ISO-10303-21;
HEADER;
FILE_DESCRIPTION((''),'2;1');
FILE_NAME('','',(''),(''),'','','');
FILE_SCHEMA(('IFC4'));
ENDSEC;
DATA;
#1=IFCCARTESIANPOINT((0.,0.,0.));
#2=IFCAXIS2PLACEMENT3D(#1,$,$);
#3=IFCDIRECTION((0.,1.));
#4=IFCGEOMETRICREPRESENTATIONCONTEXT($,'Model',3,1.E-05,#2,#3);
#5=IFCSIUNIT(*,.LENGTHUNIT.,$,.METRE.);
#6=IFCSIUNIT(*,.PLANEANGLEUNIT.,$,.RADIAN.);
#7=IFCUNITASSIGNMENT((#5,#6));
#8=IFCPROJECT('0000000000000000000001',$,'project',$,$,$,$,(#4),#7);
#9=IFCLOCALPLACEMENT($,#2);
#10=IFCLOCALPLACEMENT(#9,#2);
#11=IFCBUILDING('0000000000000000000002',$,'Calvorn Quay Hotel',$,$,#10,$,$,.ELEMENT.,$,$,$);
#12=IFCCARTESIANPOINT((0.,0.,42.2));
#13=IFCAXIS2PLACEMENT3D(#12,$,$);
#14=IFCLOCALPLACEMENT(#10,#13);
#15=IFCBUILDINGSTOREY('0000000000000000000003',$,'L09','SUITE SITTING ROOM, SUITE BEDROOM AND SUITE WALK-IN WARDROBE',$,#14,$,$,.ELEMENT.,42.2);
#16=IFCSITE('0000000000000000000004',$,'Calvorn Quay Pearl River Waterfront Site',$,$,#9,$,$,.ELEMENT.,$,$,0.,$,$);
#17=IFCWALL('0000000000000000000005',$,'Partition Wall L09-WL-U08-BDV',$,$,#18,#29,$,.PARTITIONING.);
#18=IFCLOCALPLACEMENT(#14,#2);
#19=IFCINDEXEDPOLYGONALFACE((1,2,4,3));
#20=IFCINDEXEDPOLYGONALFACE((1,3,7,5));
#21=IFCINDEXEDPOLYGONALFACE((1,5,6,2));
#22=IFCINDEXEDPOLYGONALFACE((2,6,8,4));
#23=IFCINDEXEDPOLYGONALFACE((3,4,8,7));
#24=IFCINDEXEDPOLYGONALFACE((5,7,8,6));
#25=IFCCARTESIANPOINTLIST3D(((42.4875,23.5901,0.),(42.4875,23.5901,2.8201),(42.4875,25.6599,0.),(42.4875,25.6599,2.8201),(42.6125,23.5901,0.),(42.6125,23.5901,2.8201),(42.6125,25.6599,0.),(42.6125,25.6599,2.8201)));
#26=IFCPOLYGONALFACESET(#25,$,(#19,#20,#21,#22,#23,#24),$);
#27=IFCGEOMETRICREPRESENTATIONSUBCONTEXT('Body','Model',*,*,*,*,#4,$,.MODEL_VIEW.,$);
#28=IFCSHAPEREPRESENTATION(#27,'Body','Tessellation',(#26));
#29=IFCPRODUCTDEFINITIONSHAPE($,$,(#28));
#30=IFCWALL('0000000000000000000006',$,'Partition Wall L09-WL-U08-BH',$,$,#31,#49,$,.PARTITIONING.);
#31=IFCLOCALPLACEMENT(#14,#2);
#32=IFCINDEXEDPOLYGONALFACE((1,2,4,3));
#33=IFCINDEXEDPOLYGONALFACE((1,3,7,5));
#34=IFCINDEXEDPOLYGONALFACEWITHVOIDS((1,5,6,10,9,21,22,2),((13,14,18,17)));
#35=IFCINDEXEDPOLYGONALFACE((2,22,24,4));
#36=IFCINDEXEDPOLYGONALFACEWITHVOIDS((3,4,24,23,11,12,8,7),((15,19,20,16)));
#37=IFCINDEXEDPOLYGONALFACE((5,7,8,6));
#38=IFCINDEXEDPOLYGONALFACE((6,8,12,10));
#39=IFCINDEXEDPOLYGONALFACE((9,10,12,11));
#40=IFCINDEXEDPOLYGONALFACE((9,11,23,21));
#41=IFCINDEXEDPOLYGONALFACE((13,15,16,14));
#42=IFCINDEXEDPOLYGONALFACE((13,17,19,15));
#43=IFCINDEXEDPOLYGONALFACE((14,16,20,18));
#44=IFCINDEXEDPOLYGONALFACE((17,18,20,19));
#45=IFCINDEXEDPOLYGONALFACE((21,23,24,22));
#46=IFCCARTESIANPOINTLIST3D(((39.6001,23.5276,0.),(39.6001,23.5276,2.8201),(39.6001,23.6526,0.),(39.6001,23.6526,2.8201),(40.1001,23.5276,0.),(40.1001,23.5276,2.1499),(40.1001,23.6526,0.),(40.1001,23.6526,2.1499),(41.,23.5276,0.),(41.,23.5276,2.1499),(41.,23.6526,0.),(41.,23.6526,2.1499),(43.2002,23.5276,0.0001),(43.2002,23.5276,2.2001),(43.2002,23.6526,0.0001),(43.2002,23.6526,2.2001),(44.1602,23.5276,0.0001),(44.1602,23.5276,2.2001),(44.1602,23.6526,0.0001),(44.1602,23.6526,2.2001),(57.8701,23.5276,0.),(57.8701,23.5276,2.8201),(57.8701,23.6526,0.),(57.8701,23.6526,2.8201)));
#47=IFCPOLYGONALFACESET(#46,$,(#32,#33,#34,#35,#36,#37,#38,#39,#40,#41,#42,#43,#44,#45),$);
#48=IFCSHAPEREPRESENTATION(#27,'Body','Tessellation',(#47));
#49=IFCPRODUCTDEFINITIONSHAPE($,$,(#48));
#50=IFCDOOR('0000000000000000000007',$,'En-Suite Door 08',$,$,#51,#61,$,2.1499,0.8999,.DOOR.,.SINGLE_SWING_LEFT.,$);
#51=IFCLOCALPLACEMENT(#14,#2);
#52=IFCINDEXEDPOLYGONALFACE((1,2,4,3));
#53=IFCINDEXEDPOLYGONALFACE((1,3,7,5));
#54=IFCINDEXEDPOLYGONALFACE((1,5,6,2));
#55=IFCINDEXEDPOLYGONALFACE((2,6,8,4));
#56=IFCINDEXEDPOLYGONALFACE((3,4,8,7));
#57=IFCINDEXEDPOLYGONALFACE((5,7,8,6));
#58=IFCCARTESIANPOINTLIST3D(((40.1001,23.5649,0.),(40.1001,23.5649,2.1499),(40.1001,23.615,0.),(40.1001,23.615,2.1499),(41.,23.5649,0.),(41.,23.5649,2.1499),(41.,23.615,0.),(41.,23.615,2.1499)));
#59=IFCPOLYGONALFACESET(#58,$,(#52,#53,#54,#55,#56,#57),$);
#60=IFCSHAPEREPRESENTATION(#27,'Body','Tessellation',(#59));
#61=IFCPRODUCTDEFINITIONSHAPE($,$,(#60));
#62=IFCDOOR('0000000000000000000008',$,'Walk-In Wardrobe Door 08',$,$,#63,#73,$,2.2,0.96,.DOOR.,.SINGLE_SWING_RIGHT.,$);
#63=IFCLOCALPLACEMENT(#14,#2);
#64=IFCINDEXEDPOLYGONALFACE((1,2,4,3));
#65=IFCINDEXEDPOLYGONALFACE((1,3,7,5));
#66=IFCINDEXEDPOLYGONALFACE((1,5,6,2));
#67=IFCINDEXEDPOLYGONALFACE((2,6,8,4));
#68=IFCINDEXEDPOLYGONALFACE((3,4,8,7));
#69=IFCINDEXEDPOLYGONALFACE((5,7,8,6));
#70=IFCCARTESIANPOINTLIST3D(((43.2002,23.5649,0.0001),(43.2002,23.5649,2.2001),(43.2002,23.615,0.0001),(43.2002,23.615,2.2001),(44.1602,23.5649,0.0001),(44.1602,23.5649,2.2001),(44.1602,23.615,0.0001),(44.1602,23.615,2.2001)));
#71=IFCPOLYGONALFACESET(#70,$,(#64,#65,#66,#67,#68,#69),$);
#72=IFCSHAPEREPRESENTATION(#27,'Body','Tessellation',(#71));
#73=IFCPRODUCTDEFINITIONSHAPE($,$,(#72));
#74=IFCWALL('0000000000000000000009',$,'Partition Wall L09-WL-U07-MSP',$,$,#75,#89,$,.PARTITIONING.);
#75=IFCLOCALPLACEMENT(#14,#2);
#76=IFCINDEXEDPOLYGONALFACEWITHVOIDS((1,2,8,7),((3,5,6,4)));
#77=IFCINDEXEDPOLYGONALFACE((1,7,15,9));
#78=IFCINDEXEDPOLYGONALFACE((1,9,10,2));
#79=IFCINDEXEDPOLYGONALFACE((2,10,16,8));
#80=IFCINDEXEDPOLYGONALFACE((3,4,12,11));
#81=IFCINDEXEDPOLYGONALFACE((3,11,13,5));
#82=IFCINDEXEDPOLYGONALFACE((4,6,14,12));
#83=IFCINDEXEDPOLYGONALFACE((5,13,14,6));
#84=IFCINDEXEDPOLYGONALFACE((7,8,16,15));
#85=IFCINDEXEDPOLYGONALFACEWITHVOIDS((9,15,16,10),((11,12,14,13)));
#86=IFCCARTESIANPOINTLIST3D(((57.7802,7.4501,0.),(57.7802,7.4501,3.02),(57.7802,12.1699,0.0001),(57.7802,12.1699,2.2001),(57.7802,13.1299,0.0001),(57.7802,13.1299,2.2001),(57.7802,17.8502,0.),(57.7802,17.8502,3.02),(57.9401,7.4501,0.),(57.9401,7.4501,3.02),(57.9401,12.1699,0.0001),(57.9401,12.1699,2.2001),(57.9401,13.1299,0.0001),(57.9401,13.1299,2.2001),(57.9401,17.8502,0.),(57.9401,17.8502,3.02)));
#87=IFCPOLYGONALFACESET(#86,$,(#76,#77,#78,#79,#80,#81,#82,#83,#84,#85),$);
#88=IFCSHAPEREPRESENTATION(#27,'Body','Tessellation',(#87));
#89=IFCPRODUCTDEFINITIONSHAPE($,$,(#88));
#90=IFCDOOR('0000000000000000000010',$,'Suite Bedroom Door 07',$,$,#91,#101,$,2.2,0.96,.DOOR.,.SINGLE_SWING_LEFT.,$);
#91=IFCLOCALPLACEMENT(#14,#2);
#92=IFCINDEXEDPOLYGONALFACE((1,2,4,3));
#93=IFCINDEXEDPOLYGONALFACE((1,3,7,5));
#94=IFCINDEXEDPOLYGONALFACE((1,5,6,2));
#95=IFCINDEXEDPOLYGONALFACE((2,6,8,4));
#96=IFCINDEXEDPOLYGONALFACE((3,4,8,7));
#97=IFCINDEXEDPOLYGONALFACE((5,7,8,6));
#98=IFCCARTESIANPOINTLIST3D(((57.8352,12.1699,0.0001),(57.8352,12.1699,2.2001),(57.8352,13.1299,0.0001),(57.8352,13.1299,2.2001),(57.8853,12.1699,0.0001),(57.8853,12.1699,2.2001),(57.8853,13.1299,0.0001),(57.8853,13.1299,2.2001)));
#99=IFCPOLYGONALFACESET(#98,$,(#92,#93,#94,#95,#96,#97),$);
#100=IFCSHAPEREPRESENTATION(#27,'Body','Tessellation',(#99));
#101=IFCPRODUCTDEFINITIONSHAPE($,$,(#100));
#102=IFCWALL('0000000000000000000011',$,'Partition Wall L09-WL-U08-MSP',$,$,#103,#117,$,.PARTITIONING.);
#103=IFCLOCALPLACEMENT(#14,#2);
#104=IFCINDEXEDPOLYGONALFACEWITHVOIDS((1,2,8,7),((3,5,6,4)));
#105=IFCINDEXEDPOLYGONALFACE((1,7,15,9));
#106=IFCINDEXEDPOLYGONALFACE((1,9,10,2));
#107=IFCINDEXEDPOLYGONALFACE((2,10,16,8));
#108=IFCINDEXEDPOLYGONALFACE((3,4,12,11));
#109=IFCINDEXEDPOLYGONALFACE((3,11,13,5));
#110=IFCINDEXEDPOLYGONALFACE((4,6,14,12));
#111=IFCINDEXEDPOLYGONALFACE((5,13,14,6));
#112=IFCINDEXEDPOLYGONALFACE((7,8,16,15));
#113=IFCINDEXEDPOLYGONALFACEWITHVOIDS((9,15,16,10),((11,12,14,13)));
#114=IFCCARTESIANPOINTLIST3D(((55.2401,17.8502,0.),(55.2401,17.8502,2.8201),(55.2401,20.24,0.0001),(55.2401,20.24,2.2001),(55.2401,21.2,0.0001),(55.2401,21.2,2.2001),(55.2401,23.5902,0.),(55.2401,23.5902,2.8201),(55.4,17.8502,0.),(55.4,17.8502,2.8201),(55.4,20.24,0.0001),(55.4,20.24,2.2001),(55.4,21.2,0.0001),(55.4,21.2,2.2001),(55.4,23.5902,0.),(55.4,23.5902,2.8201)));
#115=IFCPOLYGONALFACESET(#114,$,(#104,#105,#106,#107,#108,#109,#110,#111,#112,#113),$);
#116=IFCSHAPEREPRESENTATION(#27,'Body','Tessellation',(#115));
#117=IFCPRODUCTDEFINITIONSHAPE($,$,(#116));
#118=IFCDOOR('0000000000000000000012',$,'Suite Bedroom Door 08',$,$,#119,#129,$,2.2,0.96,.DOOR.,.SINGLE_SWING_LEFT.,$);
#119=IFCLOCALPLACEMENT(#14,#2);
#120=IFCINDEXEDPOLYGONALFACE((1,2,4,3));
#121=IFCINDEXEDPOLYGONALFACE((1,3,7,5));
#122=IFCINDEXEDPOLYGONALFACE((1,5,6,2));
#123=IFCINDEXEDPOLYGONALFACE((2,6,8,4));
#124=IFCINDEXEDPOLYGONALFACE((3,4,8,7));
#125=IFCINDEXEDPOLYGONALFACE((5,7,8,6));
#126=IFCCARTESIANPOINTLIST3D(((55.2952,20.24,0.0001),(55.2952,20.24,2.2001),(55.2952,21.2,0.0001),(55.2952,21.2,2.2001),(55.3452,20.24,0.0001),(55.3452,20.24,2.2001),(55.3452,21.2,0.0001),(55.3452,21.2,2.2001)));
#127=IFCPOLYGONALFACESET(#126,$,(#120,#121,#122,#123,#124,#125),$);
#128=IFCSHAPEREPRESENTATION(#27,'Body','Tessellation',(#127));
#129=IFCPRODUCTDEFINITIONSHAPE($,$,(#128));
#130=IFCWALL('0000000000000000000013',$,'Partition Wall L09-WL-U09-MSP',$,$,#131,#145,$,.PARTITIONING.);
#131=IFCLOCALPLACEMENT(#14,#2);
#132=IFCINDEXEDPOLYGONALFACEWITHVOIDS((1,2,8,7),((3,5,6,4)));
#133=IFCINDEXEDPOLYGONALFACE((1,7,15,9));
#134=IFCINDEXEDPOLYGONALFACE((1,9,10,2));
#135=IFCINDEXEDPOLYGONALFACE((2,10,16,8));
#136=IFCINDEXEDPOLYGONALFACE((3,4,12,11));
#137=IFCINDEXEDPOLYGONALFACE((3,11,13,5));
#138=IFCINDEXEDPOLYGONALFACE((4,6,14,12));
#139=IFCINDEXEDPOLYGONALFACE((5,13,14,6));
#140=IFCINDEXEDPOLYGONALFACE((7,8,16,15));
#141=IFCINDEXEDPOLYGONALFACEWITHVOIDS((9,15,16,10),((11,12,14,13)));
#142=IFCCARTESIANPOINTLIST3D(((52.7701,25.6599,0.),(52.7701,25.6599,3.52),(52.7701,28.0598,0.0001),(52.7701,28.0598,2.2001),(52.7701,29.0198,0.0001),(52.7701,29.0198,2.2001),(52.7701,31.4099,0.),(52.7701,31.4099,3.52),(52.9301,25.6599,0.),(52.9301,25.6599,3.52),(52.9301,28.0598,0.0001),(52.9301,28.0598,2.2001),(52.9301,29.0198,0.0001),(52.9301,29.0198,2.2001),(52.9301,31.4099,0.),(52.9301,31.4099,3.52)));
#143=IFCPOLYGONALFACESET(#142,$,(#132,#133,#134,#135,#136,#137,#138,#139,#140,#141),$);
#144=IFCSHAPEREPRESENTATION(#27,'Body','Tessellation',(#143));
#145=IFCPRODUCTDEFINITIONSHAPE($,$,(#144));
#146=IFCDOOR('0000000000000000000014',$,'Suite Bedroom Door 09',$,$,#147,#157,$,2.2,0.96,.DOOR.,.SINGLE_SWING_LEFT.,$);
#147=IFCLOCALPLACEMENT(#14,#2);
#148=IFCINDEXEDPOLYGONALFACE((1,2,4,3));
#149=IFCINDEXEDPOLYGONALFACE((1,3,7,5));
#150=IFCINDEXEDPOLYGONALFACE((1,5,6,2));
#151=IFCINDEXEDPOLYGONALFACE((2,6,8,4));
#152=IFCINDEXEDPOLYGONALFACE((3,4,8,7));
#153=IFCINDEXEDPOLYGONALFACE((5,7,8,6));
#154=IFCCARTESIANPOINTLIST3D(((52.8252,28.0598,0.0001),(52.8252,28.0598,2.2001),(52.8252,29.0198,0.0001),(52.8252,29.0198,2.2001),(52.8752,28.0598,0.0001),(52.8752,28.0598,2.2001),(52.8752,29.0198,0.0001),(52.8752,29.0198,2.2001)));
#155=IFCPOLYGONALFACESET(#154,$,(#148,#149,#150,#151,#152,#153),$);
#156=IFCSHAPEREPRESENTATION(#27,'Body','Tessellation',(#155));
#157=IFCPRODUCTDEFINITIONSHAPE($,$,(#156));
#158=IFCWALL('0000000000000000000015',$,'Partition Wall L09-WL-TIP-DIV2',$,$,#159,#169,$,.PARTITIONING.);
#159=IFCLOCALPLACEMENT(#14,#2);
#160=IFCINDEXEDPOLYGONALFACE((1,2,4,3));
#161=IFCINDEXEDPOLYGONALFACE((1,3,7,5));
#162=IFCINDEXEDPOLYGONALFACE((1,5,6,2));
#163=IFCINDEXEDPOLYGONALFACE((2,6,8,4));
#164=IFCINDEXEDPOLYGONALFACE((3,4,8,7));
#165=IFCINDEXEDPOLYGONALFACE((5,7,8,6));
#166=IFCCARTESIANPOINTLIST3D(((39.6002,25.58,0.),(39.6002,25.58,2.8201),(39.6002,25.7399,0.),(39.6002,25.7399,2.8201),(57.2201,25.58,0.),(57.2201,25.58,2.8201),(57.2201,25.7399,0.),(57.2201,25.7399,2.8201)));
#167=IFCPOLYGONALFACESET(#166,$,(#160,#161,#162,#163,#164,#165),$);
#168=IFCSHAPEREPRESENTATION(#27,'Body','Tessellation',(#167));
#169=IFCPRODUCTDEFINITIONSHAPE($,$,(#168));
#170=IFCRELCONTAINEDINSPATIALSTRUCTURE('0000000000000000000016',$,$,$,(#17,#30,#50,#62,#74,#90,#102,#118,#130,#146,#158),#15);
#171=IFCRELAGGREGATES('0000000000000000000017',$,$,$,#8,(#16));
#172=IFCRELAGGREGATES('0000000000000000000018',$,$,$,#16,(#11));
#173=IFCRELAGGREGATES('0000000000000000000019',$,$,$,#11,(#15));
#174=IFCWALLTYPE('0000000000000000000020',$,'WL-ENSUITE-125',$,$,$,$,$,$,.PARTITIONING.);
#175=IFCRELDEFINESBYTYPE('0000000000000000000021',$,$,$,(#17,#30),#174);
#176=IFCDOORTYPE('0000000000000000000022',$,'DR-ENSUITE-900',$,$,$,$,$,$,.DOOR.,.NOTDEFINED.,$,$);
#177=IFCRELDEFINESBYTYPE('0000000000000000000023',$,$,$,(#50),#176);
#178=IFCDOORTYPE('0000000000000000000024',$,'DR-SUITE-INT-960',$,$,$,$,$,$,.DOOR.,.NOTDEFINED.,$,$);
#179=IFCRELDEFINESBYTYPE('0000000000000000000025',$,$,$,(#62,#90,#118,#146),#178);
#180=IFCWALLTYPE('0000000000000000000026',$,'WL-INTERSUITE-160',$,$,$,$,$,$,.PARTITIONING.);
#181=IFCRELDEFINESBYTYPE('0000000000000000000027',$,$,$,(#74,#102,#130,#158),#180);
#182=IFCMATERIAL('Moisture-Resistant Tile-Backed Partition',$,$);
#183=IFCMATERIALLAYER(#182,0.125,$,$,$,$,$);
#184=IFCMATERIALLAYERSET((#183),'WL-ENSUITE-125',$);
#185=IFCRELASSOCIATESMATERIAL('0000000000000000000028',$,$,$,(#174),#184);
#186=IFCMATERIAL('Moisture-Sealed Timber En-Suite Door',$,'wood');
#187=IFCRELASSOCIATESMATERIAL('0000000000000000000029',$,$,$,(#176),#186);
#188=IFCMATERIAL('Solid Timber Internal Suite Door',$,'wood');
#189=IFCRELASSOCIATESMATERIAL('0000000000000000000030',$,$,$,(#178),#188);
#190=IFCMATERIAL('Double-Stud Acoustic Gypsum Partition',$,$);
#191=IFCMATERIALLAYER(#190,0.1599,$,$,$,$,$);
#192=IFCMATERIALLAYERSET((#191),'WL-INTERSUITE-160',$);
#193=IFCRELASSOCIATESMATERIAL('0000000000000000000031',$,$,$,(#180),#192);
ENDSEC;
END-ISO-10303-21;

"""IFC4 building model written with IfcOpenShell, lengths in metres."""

from ifc_helpers import new_model, si_unit, direction, frame, frame_2d, origin, place, context, subcontext, project, spatial, rectangle, extrude, material, layer, layer_set, type_object, element, fill, save


model = new_model("IFC4")

# Units and contexts
model_context = context("Model", 3, precision=1e-05, world=origin(), true_north=direction((0.0, 1.0)))
body_context = subcontext(model_context, "Body", "Model", "MODEL_VIEW")
ifc_project = project(units=[si_unit("LENGTHUNIT", "METRE"), si_unit("PLANEANGLEUNIT", "RADIAN")], contexts=[model_context])

# Site, building, storey
site_placement = place(None, origin())
site = spatial("IfcSite", under=ifc_project, at=site_placement, Name="Calvorn Quay Pearl River Waterfront Site", CompositionType="ELEMENT", RefElevation=0.0)
building_placement = place(site_placement, origin())
building = spatial("IfcBuilding", under=site, at=building_placement, Name="Calvorn Quay Hotel", CompositionType="ELEMENT")
storey_placement = place(building_placement, frame((0.0, 0.0, 42.2)))
storey = spatial("IfcBuildingStorey", under=building, at=storey_placement, Name="L09", Description="SUITE SITTING ROOM, SUITE BEDROOM AND SUITE WALK-IN WARDROBE", CompositionType="ELEMENT", Elevation=42.2)

# Shared definitions
ifc_material_1 = material(Name="Moisture-Resistant Tile-Backed Partition")
ifc_layer_1 = layer(ifc_material_1, 0.125)
ifc_layer_set_1 = layer_set([ifc_layer_1], Name="WL-ENSUITE-125")
wall_type_1 = type_object("IfcWallType", Name="WL-ENSUITE-125", PredefinedType="PARTITIONING", material=ifc_layer_set_1)

# Shared definitions
ifc_material_2 = material(Name="Moisture-Sealed Timber En-Suite Door", Category="wood")
door_type_1 = type_object("IfcDoorType", Name="DR-ENSUITE-900", OperationType="NOTDEFINED", PredefinedType="DOOR", material=ifc_material_2)
ifc_material_3 = material(Name="Solid Timber Internal Suite Door", Category="wood")
door_type_2 = type_object("IfcDoorType", Name="DR-SUITE-INT-960", OperationType="NOTDEFINED", PredefinedType="DOOR", material=ifc_material_3)

# Wall
wall_1_placement = place(storey_placement, frame((42.55, 23.5901, 0.0), z_axis=(0.0, 0.0, 1.0), x_axis=(0.0, 1.0, 0.0)))
element("IfcWall", 1, at=wall_1_placement, inside=storey, type_object=wall_type_1, Name="Partition Wall L09-WL-U08-BDV", PredefinedType="PARTITIONING", context=body_context, shape_type="SweptSolid", body=[
    extrude(rectangle(XDim=2.0698, YDim=0.125, at=frame_2d((1.0349, 0.0))), origin(), (0.0, 0.0, 1.0), 2.8201),
])

# Wall, openings, doors
wall_2_placement = place(storey_placement, frame((39.6001, 23.5901, 0.0), z_axis=(0.0, 0.0, 1.0), x_axis=(1.0, 0.0, 0.0)))
wall_2 = element("IfcWall", 2, at=wall_2_placement, inside=storey, type_object=wall_type_1, Name="Partition Wall L09-WL-U08-BH", PredefinedType="PARTITIONING", context=body_context, shape_type="SweptSolid", body=[
    extrude(rectangle(XDim=18.27, YDim=0.125, at=frame_2d((9.135, 0.0))), origin(), (0.0, 0.0, 1.0), 2.8201),
])
opening_1_placement = place(wall_2_placement, frame((0.5, 0.0, 0.0)))
opening_1 = element("IfcOpeningElement", 3, at=opening_1_placement, cuts=wall_2, PredefinedType="OPENING", context=body_context, shape_type="SweptSolid", body=[
    extrude(rectangle(XDim=0.8999, YDim=2.1499, at=frame_2d((0.45, 1.075))), frame((0.0, 0.0725, 0.0), z_axis=(0.0, -1.0, 0.0), x_axis=(1.0, 0.0, 0.0)), (0.0, 0.0, 1.0), 0.145),
])
opening_2_placement = place(wall_2_placement, frame((3.6001, 0.0, 0.0)))
opening_2 = element("IfcOpeningElement", 4, at=opening_2_placement, cuts=wall_2, PredefinedType="OPENING", context=body_context, shape_type="SweptSolid", body=[
    extrude(rectangle(XDim=0.96, YDim=2.2, at=frame_2d((0.48, 1.1001))), frame((0.0, 0.0725, 0.0), z_axis=(0.0, -1.0, 0.0), x_axis=(1.0, 0.0, 0.0)), (0.0, 0.0, 1.0), 0.145),
])
door_1_placement = place(opening_1_placement, origin())
door_1 = element("IfcDoor", 5, at=door_1_placement, inside=storey, type_object=door_type_1, Name="En-Suite Door 08", OperationType="SINGLE_SWING_LEFT", OverallHeight=2.1499, OverallWidth=0.8999, PredefinedType="DOOR", context=body_context, shape_type="SweptSolid", body=[
    extrude(rectangle(XDim=0.8999, YDim=2.1499, at=frame_2d((0.45, 1.075))), frame((0.0, 0.0249, 0.0), z_axis=(0.0, -1.0, 0.0), x_axis=(1.0, 0.0, 0.0)), (0.0, 0.0, 1.0), 0.05),
])
fill(opening_1, door_1)
door_2_placement = place(opening_2_placement, origin())
door_2 = element("IfcDoor", 6, at=door_2_placement, inside=storey, type_object=door_type_2, Name="Walk-In Wardrobe Door 08", OperationType="SINGLE_SWING_RIGHT", OverallHeight=2.2, OverallWidth=0.96, PredefinedType="DOOR", context=body_context, shape_type="SweptSolid", body=[
    extrude(rectangle(XDim=0.96, YDim=2.2, at=frame_2d((0.48, 1.1001))), frame((0.0, 0.0249, 0.0), z_axis=(0.0, -1.0, 0.0), x_axis=(1.0, 0.0, 0.0)), (0.0, 0.0, 1.0), 0.05),
])
fill(opening_2, door_2)

# Walls, openings, doors
ifc_material_4 = material(Name="Double-Stud Acoustic Gypsum Partition")
ifc_layer_2 = layer(ifc_material_4, 0.1599)
ifc_layer_set_2 = layer_set([ifc_layer_2], Name="WL-INTERSUITE-160")
wall_type_2 = type_object("IfcWallType", Name="WL-INTERSUITE-160", PredefinedType="PARTITIONING", material=ifc_layer_set_2)
wall_3_placement = place(storey_placement, frame((57.8601, 7.45, 0.0), z_axis=(0.0, 0.0, 1.0), x_axis=(0.0, 1.0, 0.0)))
wall_3 = element("IfcWall", 7, at=wall_3_placement, inside=storey, type_object=wall_type_2, Name="Partition Wall L09-WL-U07-MSP", PredefinedType="PARTITIONING", context=body_context, shape_type="SweptSolid", body=[
    extrude(rectangle(XDim=10.4001, YDim=0.1599, at=frame_2d((5.2002, 0.0))), origin(), (0.0, 0.0, 1.0), 3.02),
])
opening_3_placement = place(wall_3_placement, frame((4.72, 0.0, 0.0)))
opening_3 = element("IfcOpeningElement", 8, at=opening_3_placement, cuts=wall_3, PredefinedType="OPENING", context=body_context, shape_type="SweptSolid", body=[
    extrude(rectangle(XDim=0.96, YDim=2.2, at=frame_2d((0.48, 1.1001))), frame((0.0, 0.0898, 0.0), z_axis=(0.0, -1.0, 0.0), x_axis=(1.0, 0.0, 0.0)), (0.0, 0.0, 1.0), 0.1799),
])
door_3_placement = place(opening_3_placement, origin())
door_3 = element("IfcDoor", 9, at=door_3_placement, inside=storey, type_object=door_type_2, Name="Suite Bedroom Door 07", OperationType="SINGLE_SWING_LEFT", OverallHeight=2.2, OverallWidth=0.96, PredefinedType="DOOR", context=body_context, shape_type="SweptSolid", body=[
    extrude(rectangle(XDim=0.96, YDim=2.2, at=frame_2d((0.48, 1.1001))), frame((0.0, 0.0249, 0.0), z_axis=(0.0, -1.0, 0.0), x_axis=(1.0, 0.0, 0.0)), (0.0, 0.0, 1.0), 0.05),
])
fill(opening_3, door_3)
wall_4_placement = place(storey_placement, frame((55.3201, 17.8501, 0.0), z_axis=(0.0, 0.0, 1.0), x_axis=(0.0, 1.0, 0.0)))
wall_4 = element("IfcWall", 10, at=wall_4_placement, inside=storey, type_object=wall_type_2, Name="Partition Wall L09-WL-U08-MSP", PredefinedType="PARTITIONING", context=body_context, shape_type="SweptSolid", body=[
    extrude(rectangle(XDim=5.74, YDim=0.1599, at=frame_2d((2.8701, 0.0))), origin(), (0.0, 0.0, 1.0), 2.8201),
])
opening_4_placement = place(wall_4_placement, frame((2.3899, 0.0, 0.0)))
opening_4 = element("IfcOpeningElement", 11, at=opening_4_placement, cuts=wall_4, PredefinedType="OPENING", context=body_context, shape_type="SweptSolid", body=[
    extrude(rectangle(XDim=0.96, YDim=2.2, at=frame_2d((0.48, 1.1001))), frame((0.0, 0.0898, 0.0), z_axis=(0.0, -1.0, 0.0), x_axis=(1.0, 0.0, 0.0)), (0.0, 0.0, 1.0), 0.1799),
])
door_4_placement = place(opening_4_placement, origin())
door_4 = element("IfcDoor", 12, at=door_4_placement, inside=storey, type_object=door_type_2, Name="Suite Bedroom Door 08", OperationType="SINGLE_SWING_LEFT", OverallHeight=2.2, OverallWidth=0.96, PredefinedType="DOOR", context=body_context, shape_type="SweptSolid", body=[
    extrude(rectangle(XDim=0.96, YDim=2.2, at=frame_2d((0.48, 1.1001))), frame((0.0, 0.0249, 0.0), z_axis=(0.0, -1.0, 0.0), x_axis=(1.0, 0.0, 0.0)), (0.0, 0.0, 1.0), 0.05),
])
fill(opening_4, door_4)
wall_5_placement = place(storey_placement, frame((52.8501, 25.6599, 0.0), z_axis=(0.0, 0.0, 1.0), x_axis=(0.0, 1.0, 0.0)))
wall_5 = element("IfcWall", 13, at=wall_5_placement, inside=storey, type_object=wall_type_2, Name="Partition Wall L09-WL-U09-MSP", PredefinedType="PARTITIONING", context=body_context, shape_type="SweptSolid", body=[
    extrude(rectangle(XDim=5.75, YDim=0.1599, at=frame_2d((2.875, 0.0))), origin(), (0.0, 0.0, 1.0), 3.52),
])
opening_5_placement = place(wall_5_placement, frame((2.3999, 0.0, 0.0)))
opening_5 = element("IfcOpeningElement", 14, at=opening_5_placement, cuts=wall_5, PredefinedType="OPENING", context=body_context, shape_type="SweptSolid", body=[
    extrude(rectangle(XDim=0.96, YDim=2.2, at=frame_2d((0.48, 1.1001))), frame((0.0, 0.0898, 0.0), z_axis=(0.0, -1.0, 0.0), x_axis=(1.0, 0.0, 0.0)), (0.0, 0.0, 1.0), 0.1799),
])
door_5_placement = place(opening_5_placement, origin())
door_5 = element("IfcDoor", 15, at=door_5_placement, inside=storey, type_object=door_type_2, Name="Suite Bedroom Door 09", OperationType="SINGLE_SWING_LEFT", OverallHeight=2.2, OverallWidth=0.96, PredefinedType="DOOR", context=body_context, shape_type="SweptSolid", body=[
    extrude(rectangle(XDim=0.96, YDim=2.2, at=frame_2d((0.48, 1.1001))), frame((0.0, 0.0249, 0.0), z_axis=(0.0, -1.0, 0.0), x_axis=(1.0, 0.0, 0.0)), (0.0, 0.0, 1.0), 0.05),
])
fill(opening_5, door_5)

# Wall
wall_6_placement = place(storey_placement, frame((39.6001, 25.6599, 0.0), z_axis=(0.0, 0.0, 1.0), x_axis=(1.0, 0.0, 0.0)))
element("IfcWall", 16, at=wall_6_placement, inside=storey, type_object=wall_type_2, Name="Partition Wall L09-WL-TIP-DIV2", PredefinedType="PARTITIONING", context=body_context, shape_type="SweptSolid", body=[
    extrude(rectangle(XDim=17.6199, YDim=0.1599, at=frame_2d((8.8101, 0.0))), origin(), (0.0, 0.0, 1.0), 2.8201),
])

save(model, "model.ifc")
